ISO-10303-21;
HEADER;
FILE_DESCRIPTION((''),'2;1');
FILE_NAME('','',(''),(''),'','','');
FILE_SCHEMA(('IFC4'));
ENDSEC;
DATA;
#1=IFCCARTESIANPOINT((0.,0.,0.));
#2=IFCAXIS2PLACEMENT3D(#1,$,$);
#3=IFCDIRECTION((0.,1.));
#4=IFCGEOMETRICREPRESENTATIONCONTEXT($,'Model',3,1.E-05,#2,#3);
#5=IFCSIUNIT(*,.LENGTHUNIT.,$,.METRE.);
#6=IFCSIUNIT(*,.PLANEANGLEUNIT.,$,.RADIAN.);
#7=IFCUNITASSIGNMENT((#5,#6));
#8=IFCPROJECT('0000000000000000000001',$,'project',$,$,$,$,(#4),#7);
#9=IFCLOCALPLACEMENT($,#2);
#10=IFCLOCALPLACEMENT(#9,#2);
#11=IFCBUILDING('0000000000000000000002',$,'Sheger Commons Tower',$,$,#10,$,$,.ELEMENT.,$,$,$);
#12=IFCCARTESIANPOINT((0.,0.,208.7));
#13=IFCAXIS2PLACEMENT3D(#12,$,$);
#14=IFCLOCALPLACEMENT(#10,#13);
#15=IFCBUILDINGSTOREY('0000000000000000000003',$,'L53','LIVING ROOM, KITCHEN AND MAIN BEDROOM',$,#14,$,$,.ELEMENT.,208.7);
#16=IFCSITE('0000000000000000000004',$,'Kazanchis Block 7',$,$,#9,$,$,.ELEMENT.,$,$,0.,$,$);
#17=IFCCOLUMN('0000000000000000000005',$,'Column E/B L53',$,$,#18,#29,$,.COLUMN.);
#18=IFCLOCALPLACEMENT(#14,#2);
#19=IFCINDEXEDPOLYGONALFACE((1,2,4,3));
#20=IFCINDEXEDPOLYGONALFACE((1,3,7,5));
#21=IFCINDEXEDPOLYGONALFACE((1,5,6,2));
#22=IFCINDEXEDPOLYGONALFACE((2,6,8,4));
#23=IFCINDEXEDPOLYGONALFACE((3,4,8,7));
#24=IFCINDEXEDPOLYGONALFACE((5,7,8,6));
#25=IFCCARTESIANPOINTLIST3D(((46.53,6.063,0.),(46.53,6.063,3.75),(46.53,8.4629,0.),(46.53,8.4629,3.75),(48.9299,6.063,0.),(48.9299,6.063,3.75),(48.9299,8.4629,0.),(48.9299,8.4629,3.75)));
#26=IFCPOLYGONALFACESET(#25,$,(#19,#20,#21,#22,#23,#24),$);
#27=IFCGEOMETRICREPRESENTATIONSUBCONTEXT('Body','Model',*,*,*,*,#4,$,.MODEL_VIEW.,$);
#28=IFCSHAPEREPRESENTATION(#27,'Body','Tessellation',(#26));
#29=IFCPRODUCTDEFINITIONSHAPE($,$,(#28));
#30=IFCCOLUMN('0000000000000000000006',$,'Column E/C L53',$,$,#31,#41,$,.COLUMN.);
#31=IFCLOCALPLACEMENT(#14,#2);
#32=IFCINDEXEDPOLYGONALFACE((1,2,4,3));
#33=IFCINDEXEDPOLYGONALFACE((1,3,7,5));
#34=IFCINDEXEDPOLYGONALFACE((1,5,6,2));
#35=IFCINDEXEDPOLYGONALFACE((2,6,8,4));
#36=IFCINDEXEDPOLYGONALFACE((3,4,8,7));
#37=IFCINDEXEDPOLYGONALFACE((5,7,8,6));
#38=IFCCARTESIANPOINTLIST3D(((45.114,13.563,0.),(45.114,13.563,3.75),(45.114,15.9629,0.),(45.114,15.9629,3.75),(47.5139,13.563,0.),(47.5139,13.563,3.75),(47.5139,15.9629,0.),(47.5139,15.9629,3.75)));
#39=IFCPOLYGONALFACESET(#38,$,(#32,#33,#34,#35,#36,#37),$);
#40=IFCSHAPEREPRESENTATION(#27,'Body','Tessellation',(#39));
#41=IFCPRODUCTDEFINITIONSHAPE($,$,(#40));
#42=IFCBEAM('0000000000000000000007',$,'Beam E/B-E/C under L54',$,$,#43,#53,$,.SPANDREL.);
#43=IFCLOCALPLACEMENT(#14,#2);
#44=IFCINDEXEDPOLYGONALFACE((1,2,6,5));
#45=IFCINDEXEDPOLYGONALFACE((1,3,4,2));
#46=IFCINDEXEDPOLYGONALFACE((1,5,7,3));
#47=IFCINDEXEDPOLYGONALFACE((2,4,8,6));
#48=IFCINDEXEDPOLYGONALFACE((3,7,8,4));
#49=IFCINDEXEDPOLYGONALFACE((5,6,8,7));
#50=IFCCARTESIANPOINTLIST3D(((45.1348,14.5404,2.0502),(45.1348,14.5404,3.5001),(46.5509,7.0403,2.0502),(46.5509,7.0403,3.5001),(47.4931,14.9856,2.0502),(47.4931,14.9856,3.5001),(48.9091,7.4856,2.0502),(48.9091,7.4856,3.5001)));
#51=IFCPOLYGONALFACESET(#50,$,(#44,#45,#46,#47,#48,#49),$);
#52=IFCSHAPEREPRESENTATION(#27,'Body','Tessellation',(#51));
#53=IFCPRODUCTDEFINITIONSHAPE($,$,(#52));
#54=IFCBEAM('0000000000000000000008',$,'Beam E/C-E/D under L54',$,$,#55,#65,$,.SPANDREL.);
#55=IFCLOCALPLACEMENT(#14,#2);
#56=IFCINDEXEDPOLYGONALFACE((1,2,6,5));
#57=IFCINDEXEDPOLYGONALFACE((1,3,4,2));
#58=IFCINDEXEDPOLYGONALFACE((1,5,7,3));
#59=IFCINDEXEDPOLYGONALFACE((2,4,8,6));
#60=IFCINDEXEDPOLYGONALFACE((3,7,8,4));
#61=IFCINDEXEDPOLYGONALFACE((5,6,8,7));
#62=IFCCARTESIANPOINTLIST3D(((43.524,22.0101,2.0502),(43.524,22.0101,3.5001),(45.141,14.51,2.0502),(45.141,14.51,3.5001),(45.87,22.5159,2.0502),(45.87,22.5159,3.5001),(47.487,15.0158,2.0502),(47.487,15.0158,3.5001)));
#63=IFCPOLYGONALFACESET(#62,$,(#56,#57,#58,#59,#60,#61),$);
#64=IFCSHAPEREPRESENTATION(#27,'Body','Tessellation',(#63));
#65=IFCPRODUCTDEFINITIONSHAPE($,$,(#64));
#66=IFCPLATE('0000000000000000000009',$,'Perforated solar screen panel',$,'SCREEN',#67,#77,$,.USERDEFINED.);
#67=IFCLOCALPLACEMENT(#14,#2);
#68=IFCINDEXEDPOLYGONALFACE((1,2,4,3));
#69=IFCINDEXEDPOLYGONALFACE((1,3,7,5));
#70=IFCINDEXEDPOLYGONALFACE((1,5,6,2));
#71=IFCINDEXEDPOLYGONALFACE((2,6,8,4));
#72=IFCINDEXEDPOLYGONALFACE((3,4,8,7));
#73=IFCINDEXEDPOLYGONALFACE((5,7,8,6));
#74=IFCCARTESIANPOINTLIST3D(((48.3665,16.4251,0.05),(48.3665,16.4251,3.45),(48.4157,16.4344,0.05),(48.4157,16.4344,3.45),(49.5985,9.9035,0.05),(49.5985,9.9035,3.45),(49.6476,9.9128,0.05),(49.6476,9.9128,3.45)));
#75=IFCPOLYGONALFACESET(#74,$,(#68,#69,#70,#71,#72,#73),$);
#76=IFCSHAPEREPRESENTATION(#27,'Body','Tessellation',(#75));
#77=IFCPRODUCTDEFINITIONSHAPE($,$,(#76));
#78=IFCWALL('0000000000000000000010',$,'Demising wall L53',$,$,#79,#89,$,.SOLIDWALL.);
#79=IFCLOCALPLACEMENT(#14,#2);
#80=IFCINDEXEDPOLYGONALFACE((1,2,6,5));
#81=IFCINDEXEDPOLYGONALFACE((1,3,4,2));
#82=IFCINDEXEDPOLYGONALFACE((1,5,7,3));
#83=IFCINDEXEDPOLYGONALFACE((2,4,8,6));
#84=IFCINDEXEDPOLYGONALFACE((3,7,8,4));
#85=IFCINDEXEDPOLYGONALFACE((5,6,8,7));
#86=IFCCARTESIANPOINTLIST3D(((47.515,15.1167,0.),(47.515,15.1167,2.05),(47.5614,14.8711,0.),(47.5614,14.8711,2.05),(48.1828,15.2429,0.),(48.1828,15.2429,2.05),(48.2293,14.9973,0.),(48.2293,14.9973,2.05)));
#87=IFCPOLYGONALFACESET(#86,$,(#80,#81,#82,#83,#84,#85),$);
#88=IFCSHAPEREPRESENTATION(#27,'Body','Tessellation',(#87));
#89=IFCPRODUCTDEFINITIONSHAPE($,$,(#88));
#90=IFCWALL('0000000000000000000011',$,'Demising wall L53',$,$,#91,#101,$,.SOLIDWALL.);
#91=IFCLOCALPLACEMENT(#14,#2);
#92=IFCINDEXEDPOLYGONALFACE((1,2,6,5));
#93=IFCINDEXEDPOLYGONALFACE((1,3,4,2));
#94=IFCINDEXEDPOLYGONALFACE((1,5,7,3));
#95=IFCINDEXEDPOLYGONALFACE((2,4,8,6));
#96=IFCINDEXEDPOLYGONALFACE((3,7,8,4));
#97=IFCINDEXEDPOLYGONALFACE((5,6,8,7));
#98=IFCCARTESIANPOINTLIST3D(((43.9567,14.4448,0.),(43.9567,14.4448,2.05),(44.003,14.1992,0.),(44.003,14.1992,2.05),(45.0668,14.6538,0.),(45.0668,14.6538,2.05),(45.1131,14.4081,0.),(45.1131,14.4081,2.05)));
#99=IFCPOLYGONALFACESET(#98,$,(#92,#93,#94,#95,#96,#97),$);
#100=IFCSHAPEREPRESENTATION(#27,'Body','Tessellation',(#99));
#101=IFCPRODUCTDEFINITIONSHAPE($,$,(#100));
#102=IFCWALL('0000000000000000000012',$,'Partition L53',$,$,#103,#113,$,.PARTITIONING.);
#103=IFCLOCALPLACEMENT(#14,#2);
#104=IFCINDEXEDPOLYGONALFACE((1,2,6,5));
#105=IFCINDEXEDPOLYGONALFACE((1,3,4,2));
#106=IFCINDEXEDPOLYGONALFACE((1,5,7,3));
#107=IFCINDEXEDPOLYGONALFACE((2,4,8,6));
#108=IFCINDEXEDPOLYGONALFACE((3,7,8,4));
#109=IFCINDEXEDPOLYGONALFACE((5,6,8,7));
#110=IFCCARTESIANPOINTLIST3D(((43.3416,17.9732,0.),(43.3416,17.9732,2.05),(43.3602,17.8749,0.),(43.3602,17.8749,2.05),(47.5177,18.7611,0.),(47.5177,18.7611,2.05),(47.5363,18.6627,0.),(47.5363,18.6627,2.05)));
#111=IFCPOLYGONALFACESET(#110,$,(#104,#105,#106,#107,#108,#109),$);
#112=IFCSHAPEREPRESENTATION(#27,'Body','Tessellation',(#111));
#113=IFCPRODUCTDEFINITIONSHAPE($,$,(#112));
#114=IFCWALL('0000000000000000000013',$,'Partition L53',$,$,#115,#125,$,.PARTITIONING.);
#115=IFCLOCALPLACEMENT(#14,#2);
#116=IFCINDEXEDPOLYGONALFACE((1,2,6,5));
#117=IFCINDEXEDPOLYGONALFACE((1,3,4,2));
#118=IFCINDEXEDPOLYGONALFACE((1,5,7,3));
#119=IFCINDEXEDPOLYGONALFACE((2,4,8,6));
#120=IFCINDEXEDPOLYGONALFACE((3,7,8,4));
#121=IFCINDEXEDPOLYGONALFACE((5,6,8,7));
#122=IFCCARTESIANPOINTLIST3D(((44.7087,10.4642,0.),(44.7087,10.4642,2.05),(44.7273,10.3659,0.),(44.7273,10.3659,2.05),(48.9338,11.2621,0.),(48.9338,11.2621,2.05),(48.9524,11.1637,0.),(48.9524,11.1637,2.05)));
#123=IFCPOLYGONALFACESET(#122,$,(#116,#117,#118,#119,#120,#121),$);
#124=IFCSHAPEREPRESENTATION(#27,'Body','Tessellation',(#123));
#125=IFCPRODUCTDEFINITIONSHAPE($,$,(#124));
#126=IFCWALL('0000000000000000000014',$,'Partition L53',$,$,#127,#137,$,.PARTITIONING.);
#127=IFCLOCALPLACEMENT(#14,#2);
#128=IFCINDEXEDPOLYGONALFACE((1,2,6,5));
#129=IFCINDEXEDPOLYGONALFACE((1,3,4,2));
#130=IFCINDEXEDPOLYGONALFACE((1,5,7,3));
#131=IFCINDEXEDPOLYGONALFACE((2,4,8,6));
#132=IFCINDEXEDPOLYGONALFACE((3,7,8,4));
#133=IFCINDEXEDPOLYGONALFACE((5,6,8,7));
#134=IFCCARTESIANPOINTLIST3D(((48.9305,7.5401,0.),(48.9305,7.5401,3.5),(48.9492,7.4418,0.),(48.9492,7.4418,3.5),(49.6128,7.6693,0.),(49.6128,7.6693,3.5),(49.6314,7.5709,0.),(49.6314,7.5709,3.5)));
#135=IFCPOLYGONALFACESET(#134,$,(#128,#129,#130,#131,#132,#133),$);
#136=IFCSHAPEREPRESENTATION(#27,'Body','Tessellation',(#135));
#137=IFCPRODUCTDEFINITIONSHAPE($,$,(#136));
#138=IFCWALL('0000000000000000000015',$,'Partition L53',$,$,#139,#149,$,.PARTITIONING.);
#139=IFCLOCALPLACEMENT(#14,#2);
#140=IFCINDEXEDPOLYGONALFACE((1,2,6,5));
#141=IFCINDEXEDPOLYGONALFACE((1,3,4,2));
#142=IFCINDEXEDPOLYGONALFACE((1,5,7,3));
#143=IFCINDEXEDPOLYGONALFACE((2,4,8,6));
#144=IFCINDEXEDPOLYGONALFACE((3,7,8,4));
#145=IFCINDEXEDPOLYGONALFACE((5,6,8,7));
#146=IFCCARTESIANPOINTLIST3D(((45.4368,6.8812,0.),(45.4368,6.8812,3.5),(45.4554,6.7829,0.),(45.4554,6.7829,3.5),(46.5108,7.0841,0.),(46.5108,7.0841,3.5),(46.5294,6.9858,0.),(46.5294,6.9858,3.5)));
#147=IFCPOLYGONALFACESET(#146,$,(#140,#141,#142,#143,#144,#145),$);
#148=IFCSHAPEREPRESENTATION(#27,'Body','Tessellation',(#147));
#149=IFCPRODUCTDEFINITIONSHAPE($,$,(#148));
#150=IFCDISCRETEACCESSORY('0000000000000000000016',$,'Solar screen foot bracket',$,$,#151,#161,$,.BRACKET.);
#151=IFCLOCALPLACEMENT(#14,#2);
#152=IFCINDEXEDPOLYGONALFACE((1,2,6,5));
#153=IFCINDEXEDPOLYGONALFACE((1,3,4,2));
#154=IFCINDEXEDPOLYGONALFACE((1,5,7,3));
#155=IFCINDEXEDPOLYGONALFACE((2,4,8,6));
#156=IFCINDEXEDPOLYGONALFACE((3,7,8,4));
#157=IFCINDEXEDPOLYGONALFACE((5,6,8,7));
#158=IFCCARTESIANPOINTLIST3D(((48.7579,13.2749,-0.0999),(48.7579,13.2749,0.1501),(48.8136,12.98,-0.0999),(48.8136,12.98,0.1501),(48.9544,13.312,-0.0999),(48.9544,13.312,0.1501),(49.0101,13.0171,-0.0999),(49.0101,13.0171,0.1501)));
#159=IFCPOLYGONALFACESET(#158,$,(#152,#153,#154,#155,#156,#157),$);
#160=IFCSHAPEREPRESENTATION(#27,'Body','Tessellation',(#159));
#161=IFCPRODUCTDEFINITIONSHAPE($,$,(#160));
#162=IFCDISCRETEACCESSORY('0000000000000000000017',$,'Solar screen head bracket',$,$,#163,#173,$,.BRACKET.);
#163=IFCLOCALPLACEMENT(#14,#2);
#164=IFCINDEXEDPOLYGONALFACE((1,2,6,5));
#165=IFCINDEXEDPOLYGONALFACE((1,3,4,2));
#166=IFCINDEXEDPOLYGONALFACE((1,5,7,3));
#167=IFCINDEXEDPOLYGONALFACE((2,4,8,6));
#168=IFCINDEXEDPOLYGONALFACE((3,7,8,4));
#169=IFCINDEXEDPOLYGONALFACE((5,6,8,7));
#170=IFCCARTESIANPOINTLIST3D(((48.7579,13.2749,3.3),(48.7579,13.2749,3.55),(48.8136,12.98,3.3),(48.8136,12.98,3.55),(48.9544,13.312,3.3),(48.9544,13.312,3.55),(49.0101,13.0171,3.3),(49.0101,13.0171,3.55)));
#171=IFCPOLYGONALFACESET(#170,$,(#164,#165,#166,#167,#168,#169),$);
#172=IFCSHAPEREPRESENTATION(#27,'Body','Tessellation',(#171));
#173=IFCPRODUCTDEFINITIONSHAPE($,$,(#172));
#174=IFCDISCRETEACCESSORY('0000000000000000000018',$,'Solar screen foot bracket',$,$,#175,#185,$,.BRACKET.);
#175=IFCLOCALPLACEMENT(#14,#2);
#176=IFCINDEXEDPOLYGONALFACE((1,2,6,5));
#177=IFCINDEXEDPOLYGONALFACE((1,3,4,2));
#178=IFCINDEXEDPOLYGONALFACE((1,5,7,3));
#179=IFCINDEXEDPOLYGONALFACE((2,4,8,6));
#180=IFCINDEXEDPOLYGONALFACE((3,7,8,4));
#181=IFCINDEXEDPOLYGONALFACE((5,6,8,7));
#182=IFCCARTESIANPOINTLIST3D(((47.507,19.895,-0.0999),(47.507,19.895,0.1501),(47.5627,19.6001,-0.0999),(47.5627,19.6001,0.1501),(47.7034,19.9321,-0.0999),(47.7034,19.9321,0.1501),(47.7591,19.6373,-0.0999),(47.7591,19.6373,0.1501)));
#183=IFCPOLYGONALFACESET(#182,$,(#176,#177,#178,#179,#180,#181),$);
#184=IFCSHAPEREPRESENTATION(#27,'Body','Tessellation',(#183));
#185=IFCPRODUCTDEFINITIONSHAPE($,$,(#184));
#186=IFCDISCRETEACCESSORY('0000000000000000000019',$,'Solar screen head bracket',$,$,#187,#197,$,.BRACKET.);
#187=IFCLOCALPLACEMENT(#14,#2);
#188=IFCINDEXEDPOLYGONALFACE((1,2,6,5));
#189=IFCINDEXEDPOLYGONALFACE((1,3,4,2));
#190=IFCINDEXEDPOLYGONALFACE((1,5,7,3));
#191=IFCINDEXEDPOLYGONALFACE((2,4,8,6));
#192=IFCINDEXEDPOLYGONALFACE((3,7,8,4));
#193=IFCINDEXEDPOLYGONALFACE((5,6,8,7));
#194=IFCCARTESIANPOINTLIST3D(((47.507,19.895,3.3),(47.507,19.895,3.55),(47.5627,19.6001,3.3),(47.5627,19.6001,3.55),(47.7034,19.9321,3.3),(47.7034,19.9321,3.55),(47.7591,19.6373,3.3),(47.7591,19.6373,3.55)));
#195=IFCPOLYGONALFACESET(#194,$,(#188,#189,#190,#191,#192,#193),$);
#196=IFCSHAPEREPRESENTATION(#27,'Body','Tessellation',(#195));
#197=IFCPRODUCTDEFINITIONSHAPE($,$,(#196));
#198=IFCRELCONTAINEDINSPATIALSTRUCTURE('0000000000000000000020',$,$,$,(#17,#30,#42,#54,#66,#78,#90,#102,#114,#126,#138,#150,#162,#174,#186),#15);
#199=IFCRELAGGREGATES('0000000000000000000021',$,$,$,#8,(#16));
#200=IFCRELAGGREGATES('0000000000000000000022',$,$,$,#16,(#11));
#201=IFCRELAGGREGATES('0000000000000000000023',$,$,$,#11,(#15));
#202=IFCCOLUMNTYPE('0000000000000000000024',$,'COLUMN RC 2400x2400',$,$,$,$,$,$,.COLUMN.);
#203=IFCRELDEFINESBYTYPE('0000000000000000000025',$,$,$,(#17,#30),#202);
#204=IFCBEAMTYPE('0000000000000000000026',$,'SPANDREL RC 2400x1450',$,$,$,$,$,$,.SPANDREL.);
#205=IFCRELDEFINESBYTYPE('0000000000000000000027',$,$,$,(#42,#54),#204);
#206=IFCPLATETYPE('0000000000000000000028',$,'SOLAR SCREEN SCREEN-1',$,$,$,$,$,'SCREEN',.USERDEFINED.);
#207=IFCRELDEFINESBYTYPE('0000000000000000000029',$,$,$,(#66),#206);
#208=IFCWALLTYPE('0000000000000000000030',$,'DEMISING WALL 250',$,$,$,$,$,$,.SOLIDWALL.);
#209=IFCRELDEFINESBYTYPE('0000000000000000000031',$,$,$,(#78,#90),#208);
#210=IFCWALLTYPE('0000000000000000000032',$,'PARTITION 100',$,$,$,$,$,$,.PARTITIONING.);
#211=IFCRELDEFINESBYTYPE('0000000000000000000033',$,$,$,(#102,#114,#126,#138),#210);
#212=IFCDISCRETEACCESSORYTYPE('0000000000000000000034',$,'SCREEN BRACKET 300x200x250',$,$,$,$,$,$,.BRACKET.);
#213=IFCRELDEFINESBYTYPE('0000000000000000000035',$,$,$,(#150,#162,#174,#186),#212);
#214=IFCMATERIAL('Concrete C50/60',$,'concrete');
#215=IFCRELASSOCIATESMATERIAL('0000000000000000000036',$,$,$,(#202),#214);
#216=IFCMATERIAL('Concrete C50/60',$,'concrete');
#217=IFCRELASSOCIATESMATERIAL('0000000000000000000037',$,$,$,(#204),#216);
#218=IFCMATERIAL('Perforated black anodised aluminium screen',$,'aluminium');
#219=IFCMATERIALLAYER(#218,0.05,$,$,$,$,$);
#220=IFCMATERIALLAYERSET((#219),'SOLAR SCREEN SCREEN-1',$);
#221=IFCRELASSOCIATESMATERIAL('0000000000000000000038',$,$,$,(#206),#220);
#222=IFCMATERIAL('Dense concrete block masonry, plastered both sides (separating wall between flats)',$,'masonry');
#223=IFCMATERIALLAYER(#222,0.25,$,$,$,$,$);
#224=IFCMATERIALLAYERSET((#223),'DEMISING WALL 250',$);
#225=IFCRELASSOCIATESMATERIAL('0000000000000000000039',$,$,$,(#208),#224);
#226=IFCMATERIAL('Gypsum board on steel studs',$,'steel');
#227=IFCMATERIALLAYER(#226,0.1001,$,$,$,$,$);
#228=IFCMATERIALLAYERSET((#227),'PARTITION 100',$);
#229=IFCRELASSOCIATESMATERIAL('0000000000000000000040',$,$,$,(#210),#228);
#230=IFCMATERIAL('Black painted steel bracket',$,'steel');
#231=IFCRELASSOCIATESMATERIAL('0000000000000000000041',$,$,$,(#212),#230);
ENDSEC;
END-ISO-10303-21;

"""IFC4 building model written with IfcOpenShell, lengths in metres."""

from ifc_helpers import new_model, si_unit, direction, frame, frame_2d, origin, origin_2d, place, context, subcontext, project, spatial, rectangle, extrude, material, layer, layer_set, material_profile, profile_set, type_object, element, save


model = new_model("IFC4")

# Units and contexts
model_context = context("Model", 3, precision=1e-05, world=origin(), true_north=direction((0.0, 1.0)))
body_context = subcontext(model_context, "Body", "Model", "MODEL_VIEW")
ifc_project = project(units=[si_unit("LENGTHUNIT", "METRE"), si_unit("PLANEANGLEUNIT", "RADIAN")], contexts=[model_context])

# Site, building, storey
site_placement = place(None, origin())
site = spatial("IfcSite", under=ifc_project, at=site_placement, Name="Kazanchis Block 7", CompositionType="ELEMENT", RefElevation=0.0)
building_placement = place(site_placement, origin())
building = spatial("IfcBuilding", under=site, at=building_placement, Name="Sheger Commons Tower", CompositionType="ELEMENT")
storey_placement = place(building_placement, frame((0.0, 0.0, 208.7)))
storey = spatial("IfcBuildingStorey", under=building, at=storey_placement, Name="L53", Description="LIVING ROOM, KITCHEN AND MAIN BEDROOM", CompositionType="ELEMENT", Elevation=208.7)

# Columns
ifc_material_1 = material(Name="Concrete C50/60", Category="concrete")
ifc_material_profile_1 = material_profile(ifc_material_1, rectangle(XDim=2.3999, YDim=2.3999, at=origin_2d()), Name="RC 2400x2400")
ifc_profile_set_1 = profile_set([ifc_material_profile_1], Name="Concrete C50/60")
column_type = type_object("IfcColumnType", Name="COLUMN RC 2400x2400", PredefinedType="COLUMN", material=ifc_profile_set_1)
for number, where, z_axis, x_axis, name in (
    (1, (47.73, 7.2629, 0.0), (0.0, 0.0, 1.0), (1.0, 0.0, 0.0), "Column E/B L53"),
    (2, (46.314, 14.7629, 0.0), (0.0, 0.0, 1.0), (1.0, 0.0, 0.0), "Column E/C L53"),
):
    element("IfcColumn", number, at=place(storey_placement, frame(where, z_axis=z_axis, x_axis=x_axis)), inside=storey, type_object=column_type, Name=name, PredefinedType="COLUMN", context=body_context, shape_type="SweptSolid", body=[
        extrude(rectangle(XDim=2.3999, YDim=2.3999, at=origin_2d()), origin(), (0.0, 0.0, 1.0), 3.75),
    ])

# Beams
ifc_material_2 = material(Name="Concrete C50/60", Category="concrete")
ifc_material_profile_2 = material_profile(ifc_material_2, rectangle(XDim=2.3999, YDim=1.45, at=origin_2d()), Name="RC 2400x1450")
ifc_profile_set_2 = profile_set([ifc_material_profile_2], Name="Concrete C50/60")
beam_type = type_object("IfcBeamType", Name="SPANDREL RC 2400x1450", PredefinedType="SPANDREL", material=ifc_profile_set_2)
beam_1_placement = place(storey_placement, frame((47.73, 7.2629, 2.7751), z_axis=(-0.185524, 0.98264, 0.0), x_axis=(-0.98264, -0.185524, 0.0)))
element("IfcBeam", 3, at=beam_1_placement, inside=storey, type_object=beam_type, Name="Beam E/B-E/C under L54", PredefinedType="SPANDREL", context=body_context, shape_type="SweptSolid", body=[
    extrude(rectangle(XDim=2.3999, YDim=1.45, at=origin_2d()), origin(), (0.0, 0.0, 1.0), 7.6326),
])
beam_2_placement = place(storey_placement, frame((46.314, 14.7629, 2.7751), z_axis=(-0.21075, 0.97754, 0.0), x_axis=(-0.97754, -0.21075, 0.0)))
element("IfcBeam", 4, at=beam_2_placement, inside=storey, type_object=beam_type, Name="Beam E/C-E/D under L54", PredefinedType="SPANDREL", context=body_context, shape_type="SweptSolid", body=[
    extrude(rectangle(XDim=2.3999, YDim=1.45, at=origin_2d()), origin(), (0.0, 0.0, 1.0), 7.6724),
])

# Plate
ifc_material_3 = material(Name="Perforated black anodised aluminium screen", Category="aluminium")
ifc_layer_1 = layer(ifc_material_3, 0.05)
ifc_layer_set_1 = layer_set([ifc_layer_1], Name="SOLAR SCREEN SCREEN-1")
plate_type = type_object("IfcPlateType", Name="SOLAR SCREEN SCREEN-1", ElementType="SCREEN", PredefinedType="USERDEFINED", material=ifc_layer_set_1)
plate_placement = place(storey_placement, frame((49.0071, 13.1689, 0.05), z_axis=(0.0, 0.0, 1.0), x_axis=(-0.185615, 0.982623, 0.0)))
element("IfcPlate", 5, at=plate_placement, inside=storey, type_object=plate_type, Name="Perforated solar screen panel", ObjectType="SCREEN", PredefinedType="USERDEFINED", context=body_context, shape_type="SweptSolid", body=[
    extrude(rectangle(XDim=6.637, YDim=0.05, at=origin_2d()), origin(), (0.0, 0.0, 1.0), 3.3999),
])

# Walls
ifc_material_4 = material(Name="Dense concrete block masonry, plastered both sides (separating wall between flats)", Category="masonry")
ifc_layer_2 = layer(ifc_material_4, 0.25)
ifc_layer_set_2 = layer_set([ifc_layer_2], Name="DEMISING WALL 250")
wall_type_1 = type_object("IfcWallType", Name="DEMISING WALL 250", PredefinedType="SOLIDWALL", material=ifc_layer_set_2)
wall_1_placement = place(storey_placement, frame((48.2061, 15.1201, 0.0), z_axis=(0.0, 0.0, 1.0), x_axis=(-0.982611, -0.185676, 0.0)))
element("IfcWall", 6, at=wall_1_placement, inside=storey, type_object=wall_type_1, Name="Demising wall L53", PredefinedType="SOLIDWALL", context=body_context, shape_type="SweptSolid", body=[
    extrude(rectangle(XDim=0.6797, YDim=0.25, at=frame_2d((0.3398, 0.0))), origin(), (0.0, 0.0, 1.0), 2.05),
])
wall_2_placement = place(storey_placement, frame((45.0901, 14.531, 0.0), z_axis=(0.0, 0.0, 1.0), x_axis=(-0.982737, -0.185006, 0.0)))
element("IfcWall", 7, at=wall_2_placement, inside=storey, type_object=wall_type_1, Name="Demising wall L53", PredefinedType="SOLIDWALL", context=body_context, shape_type="SweptSolid", body=[
    extrude(rectangle(XDim=1.1296, YDim=0.25, at=frame_2d((0.5649, 0.0))), origin(), (0.0, 0.0, 1.0), 2.05),
])
ifc_material_5 = material(Name="Gypsum board on steel studs", Category="steel")
ifc_layer_3 = layer(ifc_material_5, 0.1001)
ifc_layer_set_3 = layer_set([ifc_layer_3], Name="PARTITION 100")
wall_type_2 = type_object("IfcWallType", Name="PARTITION 100", PredefinedType="PARTITIONING", material=ifc_layer_set_3)
wall_3_placement = place(storey_placement, frame((47.5271, 18.7119, 0.0), z_axis=(0.0, 0.0, 1.0), x_axis=(-0.982665, -0.185388, 0.0)))
element("IfcWall", 8, at=wall_3_placement, inside=storey, type_object=wall_type_2, Name="Partition L53", PredefinedType="PARTITIONING", context=body_context, shape_type="SweptSolid", body=[
    extrude(rectangle(XDim=4.2498, YDim=0.1001, at=frame_2d((2.125, 0.0))), origin(), (0.0, 0.0, 1.0), 2.05),
])
wall_4_placement = place(storey_placement, frame((48.9431, 11.2129, 0.0), z_axis=(0.0, 0.0, 1.0), x_axis=(-0.982634, -0.185557, 0.0)))
element("IfcWall", 9, at=wall_4_placement, inside=storey, type_object=wall_type_2, Name="Partition L53", PredefinedType="PARTITIONING", context=body_context, shape_type="SweptSolid", body=[
    extrude(rectangle(XDim=4.2998, YDim=0.1001, at=frame_2d((2.1499, 0.0))), origin(), (0.0, 0.0, 1.0), 2.05),
])
wall_5_placement = place(storey_placement, frame((49.6221, 7.6201, 0.0), z_axis=(0.0, 0.0, 1.0), x_axis=(-0.982544, -0.186029, 0.0)))
element("IfcWall", 10, at=wall_5_placement, inside=storey, type_object=wall_type_2, Name="Partition L53", PredefinedType="PARTITIONING", context=body_context, shape_type="SweptSolid", body=[
    extrude(rectangle(XDim=0.6943, YDim=0.1001, at=frame_2d((0.3472, 0.0))), origin(), (0.0, 0.0, 1.0), 3.5),
])
wall_6_placement = place(storey_placement, frame((46.52, 7.0349, 0.0), z_axis=(0.0, 0.0, 1.0), x_axis=(-0.982621, -0.185624, 0.0)))
element("IfcWall", 11, at=wall_6_placement, inside=storey, type_object=wall_type_2, Name="Partition L53", PredefinedType="PARTITIONING", context=body_context, shape_type="SweptSolid", body=[
    extrude(rectangle(XDim=1.093, YDim=0.1001, at=frame_2d((0.5464, 0.0))), origin(), (0.0, 0.0, 1.0), 3.5),
])

# Discrete accessories
ifc_material_6 = material(Name="Black painted steel bracket", Category="steel")
discrete_accessory_type = type_object("IfcDiscreteAccessoryType", Name="SCREEN BRACKET 300x200x250", PredefinedType="BRACKET", material=ifc_material_6)
for number, where, z_axis, x_axis, name in (
    (12, (48.884, 13.146, -0.0999), (0.0, 0.0, 1.0), (-0.185615, 0.982623, 0.0), "Solar screen foot bracket"),
    (13, (48.884, 13.146, 3.3), (0.0, 0.0, 1.0), (-0.185615, 0.982623, 0.0), "Solar screen head bracket"),
    (14, (47.6331, 19.7661, -0.0999), (0.0, 0.0, 1.0), (-0.185615, 0.982623, 0.0), "Solar screen foot bracket"),
    (15, (47.6331, 19.7661, 3.3), (0.0, 0.0, 1.0), (-0.185615, 0.982623, 0.0), "Solar screen head bracket"),
):
    element("IfcDiscreteAccessory", number, at=place(storey_placement, frame(where, z_axis=z_axis, x_axis=x_axis)), inside=storey, type_object=discrete_accessory_type, Name=name, PredefinedType="BRACKET", context=body_context, shape_type="SweptSolid", body=[
        extrude(rectangle(XDim=0.3, YDim=0.2, at=origin_2d()), origin(), (0.0, 0.0, 1.0), 0.25),
    ])

save(model, "model.ifc")
